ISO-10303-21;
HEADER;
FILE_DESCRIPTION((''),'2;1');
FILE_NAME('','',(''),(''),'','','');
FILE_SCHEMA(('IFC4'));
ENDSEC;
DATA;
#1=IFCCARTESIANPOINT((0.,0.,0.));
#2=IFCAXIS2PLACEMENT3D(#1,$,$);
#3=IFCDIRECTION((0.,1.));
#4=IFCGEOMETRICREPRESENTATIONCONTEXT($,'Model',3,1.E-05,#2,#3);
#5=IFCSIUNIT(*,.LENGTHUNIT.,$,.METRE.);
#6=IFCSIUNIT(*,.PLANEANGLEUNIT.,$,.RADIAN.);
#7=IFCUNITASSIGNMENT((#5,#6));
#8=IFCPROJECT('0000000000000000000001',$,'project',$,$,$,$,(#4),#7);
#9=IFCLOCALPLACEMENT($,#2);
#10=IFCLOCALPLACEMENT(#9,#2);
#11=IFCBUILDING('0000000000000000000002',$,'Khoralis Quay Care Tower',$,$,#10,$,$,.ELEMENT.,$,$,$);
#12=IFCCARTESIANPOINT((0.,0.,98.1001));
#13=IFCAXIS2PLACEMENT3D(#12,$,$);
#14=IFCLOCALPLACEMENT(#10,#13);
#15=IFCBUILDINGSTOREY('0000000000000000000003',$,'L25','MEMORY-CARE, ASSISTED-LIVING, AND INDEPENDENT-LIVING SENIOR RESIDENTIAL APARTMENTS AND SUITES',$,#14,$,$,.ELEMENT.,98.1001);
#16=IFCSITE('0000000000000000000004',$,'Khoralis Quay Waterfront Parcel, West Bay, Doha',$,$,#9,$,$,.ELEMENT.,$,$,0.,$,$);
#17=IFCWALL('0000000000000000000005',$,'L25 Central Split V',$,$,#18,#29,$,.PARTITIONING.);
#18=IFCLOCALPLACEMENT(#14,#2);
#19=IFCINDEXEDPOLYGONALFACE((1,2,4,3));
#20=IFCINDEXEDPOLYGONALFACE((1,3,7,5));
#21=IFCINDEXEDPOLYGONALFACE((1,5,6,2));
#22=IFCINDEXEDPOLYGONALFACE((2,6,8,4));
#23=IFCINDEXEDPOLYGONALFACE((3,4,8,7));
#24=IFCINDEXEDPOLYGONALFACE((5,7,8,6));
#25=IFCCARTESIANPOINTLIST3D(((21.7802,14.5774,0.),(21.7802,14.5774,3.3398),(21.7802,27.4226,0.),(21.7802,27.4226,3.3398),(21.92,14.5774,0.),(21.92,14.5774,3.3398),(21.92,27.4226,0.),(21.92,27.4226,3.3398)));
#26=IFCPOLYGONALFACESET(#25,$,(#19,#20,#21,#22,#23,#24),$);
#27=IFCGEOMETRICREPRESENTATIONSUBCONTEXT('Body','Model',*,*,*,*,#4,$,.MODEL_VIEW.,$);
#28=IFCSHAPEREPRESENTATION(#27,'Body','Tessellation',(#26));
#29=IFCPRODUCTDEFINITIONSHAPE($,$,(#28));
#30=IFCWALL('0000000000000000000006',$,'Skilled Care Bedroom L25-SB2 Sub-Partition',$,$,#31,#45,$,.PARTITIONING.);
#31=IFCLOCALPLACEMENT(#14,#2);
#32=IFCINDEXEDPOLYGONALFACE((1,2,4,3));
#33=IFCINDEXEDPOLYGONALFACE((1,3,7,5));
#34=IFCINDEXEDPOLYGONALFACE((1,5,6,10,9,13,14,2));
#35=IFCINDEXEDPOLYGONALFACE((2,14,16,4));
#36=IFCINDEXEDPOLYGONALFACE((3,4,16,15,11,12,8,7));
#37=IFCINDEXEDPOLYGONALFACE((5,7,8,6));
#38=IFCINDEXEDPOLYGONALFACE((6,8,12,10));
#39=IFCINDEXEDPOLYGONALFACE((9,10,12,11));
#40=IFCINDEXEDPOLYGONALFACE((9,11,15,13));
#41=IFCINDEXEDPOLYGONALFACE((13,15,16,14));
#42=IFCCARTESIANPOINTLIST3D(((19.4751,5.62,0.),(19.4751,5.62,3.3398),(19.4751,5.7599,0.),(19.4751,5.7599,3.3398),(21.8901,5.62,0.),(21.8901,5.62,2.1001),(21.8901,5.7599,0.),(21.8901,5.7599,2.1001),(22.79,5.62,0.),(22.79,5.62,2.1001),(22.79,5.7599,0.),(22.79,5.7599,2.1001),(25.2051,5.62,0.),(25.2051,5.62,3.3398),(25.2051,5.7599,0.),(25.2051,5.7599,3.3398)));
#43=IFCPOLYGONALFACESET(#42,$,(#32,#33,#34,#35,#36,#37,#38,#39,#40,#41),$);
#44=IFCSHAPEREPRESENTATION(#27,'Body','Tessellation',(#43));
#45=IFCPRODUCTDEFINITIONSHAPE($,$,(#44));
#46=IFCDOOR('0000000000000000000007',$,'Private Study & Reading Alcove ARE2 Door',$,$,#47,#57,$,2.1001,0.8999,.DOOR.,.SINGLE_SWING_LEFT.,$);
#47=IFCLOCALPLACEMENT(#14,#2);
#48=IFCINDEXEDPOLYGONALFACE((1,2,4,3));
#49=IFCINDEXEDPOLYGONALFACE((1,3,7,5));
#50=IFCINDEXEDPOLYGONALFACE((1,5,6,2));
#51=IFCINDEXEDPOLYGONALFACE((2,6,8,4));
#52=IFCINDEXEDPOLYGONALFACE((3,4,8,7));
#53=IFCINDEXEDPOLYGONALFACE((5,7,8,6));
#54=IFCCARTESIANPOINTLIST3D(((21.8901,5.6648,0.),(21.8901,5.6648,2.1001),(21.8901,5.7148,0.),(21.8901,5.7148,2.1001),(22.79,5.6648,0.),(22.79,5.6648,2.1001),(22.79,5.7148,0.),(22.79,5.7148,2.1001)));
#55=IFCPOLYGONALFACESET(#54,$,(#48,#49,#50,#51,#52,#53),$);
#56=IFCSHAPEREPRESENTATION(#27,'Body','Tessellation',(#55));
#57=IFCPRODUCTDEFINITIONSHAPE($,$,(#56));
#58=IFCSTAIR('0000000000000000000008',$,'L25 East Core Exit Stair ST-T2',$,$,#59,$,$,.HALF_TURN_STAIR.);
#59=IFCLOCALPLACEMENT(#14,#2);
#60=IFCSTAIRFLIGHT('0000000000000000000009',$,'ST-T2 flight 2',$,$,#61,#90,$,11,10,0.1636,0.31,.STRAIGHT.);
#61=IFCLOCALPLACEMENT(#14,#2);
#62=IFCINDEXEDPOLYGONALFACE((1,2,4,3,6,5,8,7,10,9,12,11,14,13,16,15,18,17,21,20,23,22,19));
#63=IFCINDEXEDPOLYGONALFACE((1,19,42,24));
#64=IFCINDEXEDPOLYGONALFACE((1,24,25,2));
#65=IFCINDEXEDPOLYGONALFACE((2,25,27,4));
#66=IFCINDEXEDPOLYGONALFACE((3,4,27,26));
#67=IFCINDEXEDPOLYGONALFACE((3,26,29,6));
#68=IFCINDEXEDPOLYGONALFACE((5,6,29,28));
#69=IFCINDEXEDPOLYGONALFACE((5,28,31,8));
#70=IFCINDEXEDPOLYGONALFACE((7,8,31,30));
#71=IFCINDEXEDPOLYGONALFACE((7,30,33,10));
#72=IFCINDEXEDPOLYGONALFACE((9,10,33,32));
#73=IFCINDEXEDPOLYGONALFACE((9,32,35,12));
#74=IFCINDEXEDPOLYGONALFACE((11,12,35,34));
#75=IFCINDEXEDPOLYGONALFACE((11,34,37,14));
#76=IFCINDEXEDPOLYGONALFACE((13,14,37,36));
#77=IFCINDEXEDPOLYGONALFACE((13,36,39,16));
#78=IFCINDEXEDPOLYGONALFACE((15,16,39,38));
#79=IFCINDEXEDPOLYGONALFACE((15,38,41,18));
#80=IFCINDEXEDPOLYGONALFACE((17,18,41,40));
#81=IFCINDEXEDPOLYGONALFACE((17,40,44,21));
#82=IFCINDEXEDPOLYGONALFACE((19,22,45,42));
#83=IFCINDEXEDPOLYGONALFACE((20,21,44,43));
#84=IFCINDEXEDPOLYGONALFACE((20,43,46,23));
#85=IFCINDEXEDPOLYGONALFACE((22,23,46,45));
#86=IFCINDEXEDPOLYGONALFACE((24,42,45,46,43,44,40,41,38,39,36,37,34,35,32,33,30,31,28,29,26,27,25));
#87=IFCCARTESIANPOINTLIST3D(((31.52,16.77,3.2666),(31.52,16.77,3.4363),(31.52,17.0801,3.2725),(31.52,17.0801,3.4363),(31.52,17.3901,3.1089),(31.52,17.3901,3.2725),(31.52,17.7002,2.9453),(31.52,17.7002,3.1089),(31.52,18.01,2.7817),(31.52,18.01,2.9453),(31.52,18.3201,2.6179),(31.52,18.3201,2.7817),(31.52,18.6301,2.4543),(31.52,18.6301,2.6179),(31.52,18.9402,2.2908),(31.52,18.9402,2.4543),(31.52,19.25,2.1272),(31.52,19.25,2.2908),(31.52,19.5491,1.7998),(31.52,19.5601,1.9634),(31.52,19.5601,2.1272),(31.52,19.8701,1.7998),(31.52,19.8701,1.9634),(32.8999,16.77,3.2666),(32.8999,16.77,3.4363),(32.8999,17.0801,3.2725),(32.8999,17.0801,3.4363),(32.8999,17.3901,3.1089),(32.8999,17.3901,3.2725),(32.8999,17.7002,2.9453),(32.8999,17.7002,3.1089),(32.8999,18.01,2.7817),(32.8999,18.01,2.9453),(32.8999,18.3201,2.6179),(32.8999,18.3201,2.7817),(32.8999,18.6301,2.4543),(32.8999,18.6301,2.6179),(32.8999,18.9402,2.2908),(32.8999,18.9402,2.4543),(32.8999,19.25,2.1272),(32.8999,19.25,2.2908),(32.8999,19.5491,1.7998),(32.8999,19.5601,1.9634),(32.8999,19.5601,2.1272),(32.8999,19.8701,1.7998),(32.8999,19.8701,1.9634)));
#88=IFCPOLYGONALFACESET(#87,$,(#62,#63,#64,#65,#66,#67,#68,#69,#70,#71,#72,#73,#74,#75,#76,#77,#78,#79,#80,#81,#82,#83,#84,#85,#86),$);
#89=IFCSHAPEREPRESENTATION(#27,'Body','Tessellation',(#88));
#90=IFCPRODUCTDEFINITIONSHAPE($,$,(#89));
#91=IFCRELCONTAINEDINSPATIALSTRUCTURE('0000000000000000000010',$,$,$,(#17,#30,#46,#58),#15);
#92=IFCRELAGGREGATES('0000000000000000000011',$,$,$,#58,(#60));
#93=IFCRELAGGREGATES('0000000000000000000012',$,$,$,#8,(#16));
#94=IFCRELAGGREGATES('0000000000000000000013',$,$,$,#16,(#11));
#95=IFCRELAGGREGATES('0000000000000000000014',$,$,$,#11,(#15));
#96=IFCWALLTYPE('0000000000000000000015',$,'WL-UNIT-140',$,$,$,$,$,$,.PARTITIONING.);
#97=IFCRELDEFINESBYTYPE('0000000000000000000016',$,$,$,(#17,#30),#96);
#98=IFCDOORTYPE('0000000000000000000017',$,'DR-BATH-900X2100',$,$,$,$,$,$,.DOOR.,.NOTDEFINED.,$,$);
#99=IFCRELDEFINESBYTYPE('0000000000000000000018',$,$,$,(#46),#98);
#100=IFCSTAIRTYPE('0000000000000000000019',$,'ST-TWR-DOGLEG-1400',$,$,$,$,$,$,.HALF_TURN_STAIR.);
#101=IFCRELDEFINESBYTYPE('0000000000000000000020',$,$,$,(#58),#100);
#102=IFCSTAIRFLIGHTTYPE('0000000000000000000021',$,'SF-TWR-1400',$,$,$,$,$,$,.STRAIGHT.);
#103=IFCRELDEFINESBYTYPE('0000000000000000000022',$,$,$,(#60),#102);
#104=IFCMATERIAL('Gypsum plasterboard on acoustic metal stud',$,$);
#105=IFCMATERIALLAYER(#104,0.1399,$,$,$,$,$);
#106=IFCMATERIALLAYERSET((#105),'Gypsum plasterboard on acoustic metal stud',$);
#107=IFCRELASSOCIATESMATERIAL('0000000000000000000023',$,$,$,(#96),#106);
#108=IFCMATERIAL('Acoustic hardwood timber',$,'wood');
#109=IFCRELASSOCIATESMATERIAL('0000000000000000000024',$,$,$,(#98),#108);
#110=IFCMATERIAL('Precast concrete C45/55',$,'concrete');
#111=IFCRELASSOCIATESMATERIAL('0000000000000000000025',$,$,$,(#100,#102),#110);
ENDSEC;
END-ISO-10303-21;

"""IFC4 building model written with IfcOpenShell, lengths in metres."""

from ifc_helpers import new_model, si_unit, direction, frame, frame_2d, origin, place, context, subcontext, project, spatial, polyline, rectangle, outline, extrude, source, transform, mapped, material, layer, layer_set, type_object, element, fill, aggregate, save


model = new_model("IFC4")

# Units and contexts
model_context = context("Model", 3, precision=1e-05, world=origin(), true_north=direction((0.0, 1.0)))
body_context = subcontext(model_context, "Body", "Model", "MODEL_VIEW")
ifc_project = project(units=[si_unit("LENGTHUNIT", "METRE"), si_unit("PLANEANGLEUNIT", "RADIAN")], contexts=[model_context])

# Site, building, storey
site_placement = place(None, origin())
site = spatial("IfcSite", under=ifc_project, at=site_placement, Name="Khoralis Quay Waterfront Parcel, West Bay, Doha", CompositionType="ELEMENT", RefElevation=0.0)
building_placement = place(site_placement, origin())
building = spatial("IfcBuilding", under=site, at=building_placement, Name="Khoralis Quay Care Tower", CompositionType="ELEMENT")
storey_placement = place(building_placement, frame((0.0, 0.0, 98.1001)))
storey = spatial("IfcBuildingStorey", under=building, at=storey_placement, Name="L25", Description="MEMORY-CARE, ASSISTED-LIVING, AND INDEPENDENT-LIVING SENIOR RESIDENTIAL APARTMENTS AND SUITES", CompositionType="ELEMENT", Elevation=98.1001)

# Shared definitions
ifc_material_1 = material(Name="Gypsum plasterboard on acoustic metal stud")

# Shared definitions
ifc_material_2 = material(Name="Precast concrete C45/55", Category="concrete")

# Wall
ifc_layer_1 = layer(ifc_material_1, 0.1399)
ifc_layer_set_1 = layer_set([ifc_layer_1], Name="Gypsum plasterboard on acoustic metal stud")
wall_type_1 = type_object("IfcWallType", Name="WL-UNIT-140", PredefinedType="PARTITIONING", material=ifc_layer_set_1)
wall_1_placement = place(storey_placement, frame((21.8501, 14.5774, 0.0), z_axis=(0.0, 0.0, 1.0), x_axis=(0.0, 1.0, 0.0)))
element("IfcWall", 1, at=wall_1_placement, inside=storey, type_object=wall_type_1, Name="L25 Central Split V", PredefinedType="PARTITIONING", context=body_context, shape_type="SweptSolid", body=[
    extrude(rectangle(XDim=12.8452, YDim=0.1399, at=frame_2d((6.4226, 0.0))), origin(), (0.0, 0.0, 1.0), 3.3398),
])

# Wall, opening, door
wall_2_placement = place(storey_placement, frame((19.4751, 5.6899, 0.0), z_axis=(0.0, 0.0, 1.0), x_axis=(1.0, 0.0, 0.0)))
wall_2 = element("IfcWall", 2, at=wall_2_placement, inside=storey, type_object=wall_type_1, Name="Skilled Care Bedroom L25-SB2 Sub-Partition", PredefinedType="PARTITIONING", context=body_context, shape_type="SweptSolid", body=[
    extrude(rectangle(XDim=5.73, YDim=0.1399, at=frame_2d((2.865, 0.0))), origin(), (0.0, 0.0, 1.0), 3.3398),
])
opening_1_placement = place(wall_2_placement, frame((2.415, 0.0, 0.0)))
opening_1 = element("IfcOpeningElement", 3, at=opening_1_placement, cuts=wall_2, PredefinedType="OPENING", context=body_context, shape_type="SweptSolid", body=[
    extrude(rectangle(XDim=0.8999, YDim=2.1001, at=frame_2d((0.45, 1.05))), frame((0.0, 0.0801, 0.0), z_axis=(0.0, -1.0, 0.0), x_axis=(1.0, 0.0, 0.0)), (0.0, 0.0, 1.0), 0.1599),
])
ifc_material_3 = material(Name="Acoustic hardwood timber", Category="wood")
door_type_1 = type_object("IfcDoorType", Name="DR-BATH-900X2100", OperationType="NOTDEFINED", PredefinedType="DOOR", material=ifc_material_3)
shared_shape_1 = source(origin(), body_context, "Body", "SweptSolid", [
    extrude(rectangle(XDim=0.8999, YDim=2.1001, at=frame_2d((0.45, 1.05))), frame((0.0, 0.0249, 0.0), z_axis=(0.0, -1.0, 0.0), x_axis=(1.0, 0.0, 0.0)), (0.0, 0.0, 1.0), 0.05),
])
door_1_placement = place(opening_1_placement, origin())
door_1 = element("IfcDoor", 4, at=door_1_placement, inside=storey, type_object=door_type_1, Name="Private Study & Reading Alcove ARE2 Door", OperationType="SINGLE_SWING_LEFT", OverallHeight=2.1001, OverallWidth=0.8999, PredefinedType="DOOR", context=body_context, shape_type="MappedRepresentation", body=[
    mapped(shared_shape_1, transform((0.0, 0.0, 0.0), scale=1.0)),
])
fill(opening_1, door_1)

# Stair, stair flight
stair_type = type_object("IfcStairType", Name="ST-TWR-DOGLEG-1400", PredefinedType="HALF_TURN_STAIR", material=ifc_material_2)
stair_placement = place(storey_placement, origin())
stair = element("IfcStair", 5, at=stair_placement, inside=storey, type_object=stair_type, Name="L25 East Core Exit Stair ST-T2", PredefinedType="HALF_TURN_STAIR")
stair_flight_type = type_object("IfcStairFlightType", Name="SF-TWR-1400", PredefinedType="STRAIGHT", material=ifc_material_2)
shared_shape_2 = source(origin(), body_context, "Body", "SweptSolid", [
    extrude(outline(polyline([(0.0, 0.0), (0.0, 0.1636), (0.3101, 0.1636), (0.3101, 0.3274), (0.6201, 0.3274), (0.6201, 0.491), (0.9299, 0.491), (0.9299, 0.6545), (1.24, 0.6545), (1.24, 0.8181), (1.55, 0.8181), (1.55, 0.9819), (1.8601, 0.9819), (1.8601, 1.1455), (2.1699, 1.1455), (2.1699, 1.3091), (2.48, 1.3091), (2.48, 1.4727), (2.79, 1.4727), (2.79, 1.6365), (3.1001, 1.6365), (3.1001, 1.8), (3.1001, 1.4668), (0.321, 0.0), (0.0, 0.0)])), frame((0.0, 0.6899, 0.0), z_axis=(0.0, -1.0, 0.0), x_axis=(1.0, 0.0, 0.0)), (0.0, 0.0, 1.0), 1.3799),
])
stair_flight_placement = place(storey_placement, frame((32.21, 19.8701, 1.7998), z_axis=(0.0, 0.0, 1.0), x_axis=(0.0, -1.0, 0.0)))
stair_flight = element("IfcStairFlight", 6, at=stair_flight_placement, type_object=stair_flight_type, Name="ST-T2 flight 2", NumberOfRisers=11, NumberOfTreads=10, PredefinedType="STRAIGHT", RiserHeight=0.1636, TreadLength=0.31, context=body_context, shape_type="MappedRepresentation", body=[
    mapped(shared_shape_2, transform((0.0, 0.0, 0.0), scale=1.0)),
])
aggregate(stair, [stair_flight])

save(model, "model.ifc")
